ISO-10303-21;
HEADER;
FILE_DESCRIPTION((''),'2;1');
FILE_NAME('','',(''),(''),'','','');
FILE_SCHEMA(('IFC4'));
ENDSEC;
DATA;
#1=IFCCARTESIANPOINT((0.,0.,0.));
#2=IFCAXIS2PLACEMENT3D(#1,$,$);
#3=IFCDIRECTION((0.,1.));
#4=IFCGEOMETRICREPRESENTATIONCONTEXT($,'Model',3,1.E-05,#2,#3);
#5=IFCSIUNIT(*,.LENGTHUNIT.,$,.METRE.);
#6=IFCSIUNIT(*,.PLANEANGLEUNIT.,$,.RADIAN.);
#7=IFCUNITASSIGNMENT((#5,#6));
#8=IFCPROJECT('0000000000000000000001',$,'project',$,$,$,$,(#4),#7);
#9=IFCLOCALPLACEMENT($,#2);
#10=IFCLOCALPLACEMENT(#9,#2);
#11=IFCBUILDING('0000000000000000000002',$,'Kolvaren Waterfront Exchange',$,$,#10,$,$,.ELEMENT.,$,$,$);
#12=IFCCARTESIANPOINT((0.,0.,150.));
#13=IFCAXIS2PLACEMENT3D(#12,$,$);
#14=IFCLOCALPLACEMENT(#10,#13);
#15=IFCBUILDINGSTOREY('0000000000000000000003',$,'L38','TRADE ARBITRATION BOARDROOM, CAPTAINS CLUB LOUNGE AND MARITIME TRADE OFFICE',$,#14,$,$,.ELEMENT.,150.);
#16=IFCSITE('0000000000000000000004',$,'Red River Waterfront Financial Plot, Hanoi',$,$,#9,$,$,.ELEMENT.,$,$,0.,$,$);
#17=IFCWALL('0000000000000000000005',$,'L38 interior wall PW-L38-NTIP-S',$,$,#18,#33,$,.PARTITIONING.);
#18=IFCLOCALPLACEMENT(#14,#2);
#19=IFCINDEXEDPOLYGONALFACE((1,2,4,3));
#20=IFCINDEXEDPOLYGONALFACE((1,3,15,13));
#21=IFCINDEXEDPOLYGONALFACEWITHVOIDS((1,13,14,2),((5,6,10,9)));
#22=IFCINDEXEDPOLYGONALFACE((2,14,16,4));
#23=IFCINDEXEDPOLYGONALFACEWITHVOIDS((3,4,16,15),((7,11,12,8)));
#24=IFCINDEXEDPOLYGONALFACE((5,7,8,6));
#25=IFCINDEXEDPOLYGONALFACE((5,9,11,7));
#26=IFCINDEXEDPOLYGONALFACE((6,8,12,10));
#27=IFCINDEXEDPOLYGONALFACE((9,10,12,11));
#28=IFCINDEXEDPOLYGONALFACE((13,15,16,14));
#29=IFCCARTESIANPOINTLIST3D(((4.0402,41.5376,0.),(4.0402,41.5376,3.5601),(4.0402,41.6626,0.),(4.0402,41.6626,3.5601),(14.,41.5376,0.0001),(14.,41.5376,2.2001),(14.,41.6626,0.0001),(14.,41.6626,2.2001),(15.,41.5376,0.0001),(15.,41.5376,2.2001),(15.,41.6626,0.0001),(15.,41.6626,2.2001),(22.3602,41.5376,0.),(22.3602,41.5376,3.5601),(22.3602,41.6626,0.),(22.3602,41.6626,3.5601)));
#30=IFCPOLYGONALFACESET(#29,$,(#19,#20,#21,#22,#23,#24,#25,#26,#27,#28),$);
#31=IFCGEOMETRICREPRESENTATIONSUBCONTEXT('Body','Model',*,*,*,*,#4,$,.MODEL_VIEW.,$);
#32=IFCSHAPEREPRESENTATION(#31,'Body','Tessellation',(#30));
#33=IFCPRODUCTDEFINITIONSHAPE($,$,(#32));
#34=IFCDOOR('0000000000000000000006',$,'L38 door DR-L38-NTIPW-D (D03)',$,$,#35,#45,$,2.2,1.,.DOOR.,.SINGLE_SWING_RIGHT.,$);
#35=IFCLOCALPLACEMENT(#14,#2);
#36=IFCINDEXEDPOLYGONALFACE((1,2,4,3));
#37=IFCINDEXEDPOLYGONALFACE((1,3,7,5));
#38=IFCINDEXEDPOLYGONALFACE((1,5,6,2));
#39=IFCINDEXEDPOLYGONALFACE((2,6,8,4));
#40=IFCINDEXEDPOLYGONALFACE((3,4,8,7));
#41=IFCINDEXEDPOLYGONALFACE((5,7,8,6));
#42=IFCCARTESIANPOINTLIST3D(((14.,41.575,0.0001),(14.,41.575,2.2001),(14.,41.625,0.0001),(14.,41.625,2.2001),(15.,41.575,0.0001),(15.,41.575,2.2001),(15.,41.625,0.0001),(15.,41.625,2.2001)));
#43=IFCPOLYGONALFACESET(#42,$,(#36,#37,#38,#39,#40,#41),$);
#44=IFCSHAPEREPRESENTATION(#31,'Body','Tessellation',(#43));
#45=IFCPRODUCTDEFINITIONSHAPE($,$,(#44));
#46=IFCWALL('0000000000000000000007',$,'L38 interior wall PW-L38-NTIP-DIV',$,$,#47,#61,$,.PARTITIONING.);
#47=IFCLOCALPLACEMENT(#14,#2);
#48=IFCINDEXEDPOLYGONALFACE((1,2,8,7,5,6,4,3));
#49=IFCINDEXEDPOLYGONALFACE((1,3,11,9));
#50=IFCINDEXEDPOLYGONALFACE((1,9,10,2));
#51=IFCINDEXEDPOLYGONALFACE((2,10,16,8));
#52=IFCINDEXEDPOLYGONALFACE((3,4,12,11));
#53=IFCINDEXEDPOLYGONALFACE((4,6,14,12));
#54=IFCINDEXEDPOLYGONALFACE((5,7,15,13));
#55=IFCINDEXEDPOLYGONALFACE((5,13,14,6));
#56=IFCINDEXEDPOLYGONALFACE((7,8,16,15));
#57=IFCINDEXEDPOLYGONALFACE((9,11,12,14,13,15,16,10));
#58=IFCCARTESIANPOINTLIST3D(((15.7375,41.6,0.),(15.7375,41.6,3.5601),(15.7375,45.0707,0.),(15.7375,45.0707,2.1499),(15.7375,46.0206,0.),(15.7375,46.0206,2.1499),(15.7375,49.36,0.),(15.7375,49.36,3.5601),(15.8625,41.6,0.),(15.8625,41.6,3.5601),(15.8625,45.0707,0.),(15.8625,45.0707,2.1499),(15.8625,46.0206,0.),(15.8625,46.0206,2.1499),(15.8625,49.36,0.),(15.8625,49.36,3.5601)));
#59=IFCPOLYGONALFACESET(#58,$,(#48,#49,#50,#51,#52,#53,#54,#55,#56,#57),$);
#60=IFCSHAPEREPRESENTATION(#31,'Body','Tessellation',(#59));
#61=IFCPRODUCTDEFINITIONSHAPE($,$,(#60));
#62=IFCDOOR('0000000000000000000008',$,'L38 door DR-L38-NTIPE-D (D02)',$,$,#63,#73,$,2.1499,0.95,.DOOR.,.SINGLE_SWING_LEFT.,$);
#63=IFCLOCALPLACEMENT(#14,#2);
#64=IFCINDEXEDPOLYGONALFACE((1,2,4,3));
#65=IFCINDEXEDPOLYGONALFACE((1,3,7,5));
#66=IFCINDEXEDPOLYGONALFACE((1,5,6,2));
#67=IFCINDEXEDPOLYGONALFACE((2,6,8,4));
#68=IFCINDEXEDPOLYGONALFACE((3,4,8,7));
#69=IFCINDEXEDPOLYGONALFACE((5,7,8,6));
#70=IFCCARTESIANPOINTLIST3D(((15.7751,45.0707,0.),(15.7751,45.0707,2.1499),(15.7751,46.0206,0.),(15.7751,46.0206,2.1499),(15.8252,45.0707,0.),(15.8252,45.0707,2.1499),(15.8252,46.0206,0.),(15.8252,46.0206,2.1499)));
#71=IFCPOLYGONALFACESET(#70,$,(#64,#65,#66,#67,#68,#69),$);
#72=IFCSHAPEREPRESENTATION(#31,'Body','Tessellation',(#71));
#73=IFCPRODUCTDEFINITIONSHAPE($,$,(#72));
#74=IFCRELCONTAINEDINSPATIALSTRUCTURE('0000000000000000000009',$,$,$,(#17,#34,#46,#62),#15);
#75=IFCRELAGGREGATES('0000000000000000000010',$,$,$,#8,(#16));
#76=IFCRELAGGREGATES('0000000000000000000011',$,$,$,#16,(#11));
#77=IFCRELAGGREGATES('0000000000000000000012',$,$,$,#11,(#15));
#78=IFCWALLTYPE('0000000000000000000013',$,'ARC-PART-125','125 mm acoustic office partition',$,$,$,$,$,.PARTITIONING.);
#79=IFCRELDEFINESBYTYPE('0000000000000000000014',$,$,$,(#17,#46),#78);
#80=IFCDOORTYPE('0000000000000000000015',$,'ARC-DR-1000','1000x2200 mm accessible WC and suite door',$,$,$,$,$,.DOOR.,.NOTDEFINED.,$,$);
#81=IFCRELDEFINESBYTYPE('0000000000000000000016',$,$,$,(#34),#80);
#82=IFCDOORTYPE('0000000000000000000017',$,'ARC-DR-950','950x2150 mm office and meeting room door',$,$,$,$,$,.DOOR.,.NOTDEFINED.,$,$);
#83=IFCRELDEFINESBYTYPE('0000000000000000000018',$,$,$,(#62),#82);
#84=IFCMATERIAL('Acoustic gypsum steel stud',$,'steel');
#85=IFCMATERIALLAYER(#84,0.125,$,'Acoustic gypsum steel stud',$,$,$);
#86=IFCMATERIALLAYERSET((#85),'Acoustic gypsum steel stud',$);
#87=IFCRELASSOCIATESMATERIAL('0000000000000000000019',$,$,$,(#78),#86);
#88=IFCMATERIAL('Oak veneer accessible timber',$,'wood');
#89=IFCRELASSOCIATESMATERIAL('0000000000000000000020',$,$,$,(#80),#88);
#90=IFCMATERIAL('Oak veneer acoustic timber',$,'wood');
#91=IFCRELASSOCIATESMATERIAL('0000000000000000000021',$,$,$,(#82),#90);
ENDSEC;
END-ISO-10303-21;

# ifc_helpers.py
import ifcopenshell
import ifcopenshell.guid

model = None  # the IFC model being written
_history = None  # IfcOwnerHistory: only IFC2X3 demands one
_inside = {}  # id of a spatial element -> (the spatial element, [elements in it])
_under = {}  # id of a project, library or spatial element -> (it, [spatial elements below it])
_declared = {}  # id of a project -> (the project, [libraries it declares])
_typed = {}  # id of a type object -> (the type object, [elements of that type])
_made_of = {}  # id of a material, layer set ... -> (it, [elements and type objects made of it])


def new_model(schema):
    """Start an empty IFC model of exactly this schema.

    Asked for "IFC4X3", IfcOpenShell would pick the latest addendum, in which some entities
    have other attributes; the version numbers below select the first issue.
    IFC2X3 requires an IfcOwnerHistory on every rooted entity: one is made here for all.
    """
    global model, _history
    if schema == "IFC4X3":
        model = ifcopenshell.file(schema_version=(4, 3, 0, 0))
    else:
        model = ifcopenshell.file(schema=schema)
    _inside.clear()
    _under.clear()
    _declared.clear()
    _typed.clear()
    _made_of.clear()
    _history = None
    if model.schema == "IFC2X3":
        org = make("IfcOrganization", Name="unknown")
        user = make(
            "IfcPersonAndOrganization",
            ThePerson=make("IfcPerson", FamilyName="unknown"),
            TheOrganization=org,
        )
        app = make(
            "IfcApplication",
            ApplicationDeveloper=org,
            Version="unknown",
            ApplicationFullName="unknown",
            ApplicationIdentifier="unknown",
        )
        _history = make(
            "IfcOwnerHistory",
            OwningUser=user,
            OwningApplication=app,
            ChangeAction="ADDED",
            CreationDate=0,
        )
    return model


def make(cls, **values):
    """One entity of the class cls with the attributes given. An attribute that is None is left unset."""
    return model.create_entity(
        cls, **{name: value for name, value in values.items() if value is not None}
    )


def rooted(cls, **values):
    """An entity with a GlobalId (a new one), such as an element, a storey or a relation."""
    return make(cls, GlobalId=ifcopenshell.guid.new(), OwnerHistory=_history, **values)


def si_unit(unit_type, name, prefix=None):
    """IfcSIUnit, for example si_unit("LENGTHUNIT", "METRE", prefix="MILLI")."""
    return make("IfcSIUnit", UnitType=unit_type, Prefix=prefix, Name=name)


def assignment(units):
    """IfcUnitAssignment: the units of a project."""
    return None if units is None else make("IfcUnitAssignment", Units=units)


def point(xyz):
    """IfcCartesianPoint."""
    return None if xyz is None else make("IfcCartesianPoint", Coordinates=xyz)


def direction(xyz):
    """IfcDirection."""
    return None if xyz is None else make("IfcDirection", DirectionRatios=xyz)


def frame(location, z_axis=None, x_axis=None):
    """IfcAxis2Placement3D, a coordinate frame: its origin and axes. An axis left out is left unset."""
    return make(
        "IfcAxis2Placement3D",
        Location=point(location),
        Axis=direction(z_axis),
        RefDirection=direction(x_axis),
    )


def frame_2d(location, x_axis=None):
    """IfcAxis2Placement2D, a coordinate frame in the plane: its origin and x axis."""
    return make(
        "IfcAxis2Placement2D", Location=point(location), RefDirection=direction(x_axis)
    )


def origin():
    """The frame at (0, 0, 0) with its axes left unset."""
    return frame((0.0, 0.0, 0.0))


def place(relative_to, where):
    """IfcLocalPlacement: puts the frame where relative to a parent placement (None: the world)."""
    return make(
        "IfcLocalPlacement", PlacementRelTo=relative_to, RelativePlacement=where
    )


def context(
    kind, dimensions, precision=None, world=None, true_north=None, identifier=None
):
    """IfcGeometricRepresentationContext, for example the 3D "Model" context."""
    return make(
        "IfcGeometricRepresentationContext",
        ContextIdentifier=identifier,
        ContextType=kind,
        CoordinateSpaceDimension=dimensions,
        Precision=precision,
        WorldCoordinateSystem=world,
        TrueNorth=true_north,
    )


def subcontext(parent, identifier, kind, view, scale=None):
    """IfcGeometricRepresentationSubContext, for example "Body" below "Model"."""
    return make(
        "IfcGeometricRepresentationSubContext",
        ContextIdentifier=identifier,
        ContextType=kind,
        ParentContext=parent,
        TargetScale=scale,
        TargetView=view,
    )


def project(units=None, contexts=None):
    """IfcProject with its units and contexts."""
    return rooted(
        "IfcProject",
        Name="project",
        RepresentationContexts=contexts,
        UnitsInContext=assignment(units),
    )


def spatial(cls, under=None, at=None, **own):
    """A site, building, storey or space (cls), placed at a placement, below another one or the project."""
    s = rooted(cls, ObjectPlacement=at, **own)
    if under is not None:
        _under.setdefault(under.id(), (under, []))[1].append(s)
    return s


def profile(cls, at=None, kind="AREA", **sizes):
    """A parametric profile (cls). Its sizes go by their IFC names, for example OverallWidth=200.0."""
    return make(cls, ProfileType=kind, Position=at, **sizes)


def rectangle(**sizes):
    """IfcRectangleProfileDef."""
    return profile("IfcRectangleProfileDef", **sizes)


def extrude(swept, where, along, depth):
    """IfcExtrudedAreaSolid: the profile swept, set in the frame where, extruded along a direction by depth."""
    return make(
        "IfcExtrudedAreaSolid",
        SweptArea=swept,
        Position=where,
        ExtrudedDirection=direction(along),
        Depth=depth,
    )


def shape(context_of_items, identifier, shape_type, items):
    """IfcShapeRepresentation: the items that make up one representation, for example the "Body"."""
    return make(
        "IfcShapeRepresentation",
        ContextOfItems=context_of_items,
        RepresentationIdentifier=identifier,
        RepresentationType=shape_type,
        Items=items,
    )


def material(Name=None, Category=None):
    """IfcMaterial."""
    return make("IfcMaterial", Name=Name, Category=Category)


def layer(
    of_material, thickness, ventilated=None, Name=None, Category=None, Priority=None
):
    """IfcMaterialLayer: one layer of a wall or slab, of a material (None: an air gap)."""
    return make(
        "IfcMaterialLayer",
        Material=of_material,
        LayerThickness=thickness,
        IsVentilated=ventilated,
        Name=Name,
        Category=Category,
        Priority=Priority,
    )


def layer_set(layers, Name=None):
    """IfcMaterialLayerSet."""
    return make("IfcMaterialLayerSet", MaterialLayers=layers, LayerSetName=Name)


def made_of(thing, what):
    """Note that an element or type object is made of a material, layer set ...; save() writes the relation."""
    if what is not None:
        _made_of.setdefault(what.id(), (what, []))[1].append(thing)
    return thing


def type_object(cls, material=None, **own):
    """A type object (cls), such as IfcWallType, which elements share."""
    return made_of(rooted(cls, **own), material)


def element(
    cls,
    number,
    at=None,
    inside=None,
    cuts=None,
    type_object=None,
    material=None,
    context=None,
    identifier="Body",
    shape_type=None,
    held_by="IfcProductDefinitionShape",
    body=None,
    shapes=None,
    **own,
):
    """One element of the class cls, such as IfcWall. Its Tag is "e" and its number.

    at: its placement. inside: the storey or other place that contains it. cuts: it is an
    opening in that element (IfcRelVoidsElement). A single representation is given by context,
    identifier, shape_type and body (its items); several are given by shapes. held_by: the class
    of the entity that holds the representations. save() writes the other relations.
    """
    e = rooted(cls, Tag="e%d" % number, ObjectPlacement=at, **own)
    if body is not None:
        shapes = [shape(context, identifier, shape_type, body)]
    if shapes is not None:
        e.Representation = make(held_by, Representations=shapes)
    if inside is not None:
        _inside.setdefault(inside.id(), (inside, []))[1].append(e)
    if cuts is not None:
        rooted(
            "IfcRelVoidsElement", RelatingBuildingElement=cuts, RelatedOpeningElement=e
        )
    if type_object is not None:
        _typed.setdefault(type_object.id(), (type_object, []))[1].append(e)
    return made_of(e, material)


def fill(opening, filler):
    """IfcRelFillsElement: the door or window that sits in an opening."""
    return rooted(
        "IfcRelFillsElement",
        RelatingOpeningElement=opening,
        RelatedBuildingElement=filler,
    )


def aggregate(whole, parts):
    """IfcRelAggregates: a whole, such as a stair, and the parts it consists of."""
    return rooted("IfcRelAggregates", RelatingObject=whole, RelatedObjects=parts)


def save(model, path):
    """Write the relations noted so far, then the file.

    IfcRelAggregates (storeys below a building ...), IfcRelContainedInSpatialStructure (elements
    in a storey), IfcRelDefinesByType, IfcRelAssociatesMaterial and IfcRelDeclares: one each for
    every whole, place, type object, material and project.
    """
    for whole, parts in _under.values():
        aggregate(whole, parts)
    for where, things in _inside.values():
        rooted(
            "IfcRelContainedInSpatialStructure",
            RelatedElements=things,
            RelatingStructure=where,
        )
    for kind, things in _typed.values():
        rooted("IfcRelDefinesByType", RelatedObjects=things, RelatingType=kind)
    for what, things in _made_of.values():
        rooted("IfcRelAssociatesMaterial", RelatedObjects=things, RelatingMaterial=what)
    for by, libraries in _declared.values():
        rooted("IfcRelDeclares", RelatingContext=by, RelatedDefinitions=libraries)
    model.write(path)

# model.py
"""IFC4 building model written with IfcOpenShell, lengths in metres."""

from ifc_helpers import new_model, si_unit, direction, frame, frame_2d, origin, place, context, subcontext, project, spatial, rectangle, extrude, material, layer, layer_set, type_object, element, fill, save


model = new_model("IFC4")

# Units and contexts
model_context = context("Model", 3, precision=1e-05, world=origin(), true_north=direction((0.0, 1.0)))
body_context = subcontext(model_context, "Body", "Model", "MODEL_VIEW")
ifc_project = project(units=[si_unit("LENGTHUNIT", "METRE"), si_unit("PLANEANGLEUNIT", "RADIAN")], contexts=[model_context])

# Site, building, storey
site_placement = place(None, origin())
site = spatial("IfcSite", under=ifc_project, at=site_placement, Name="Red River Waterfront Financial Plot, Hanoi", CompositionType="ELEMENT", RefElevation=0.0)
building_placement = place(site_placement, origin())
building = spatial("IfcBuilding", under=site, at=building_placement, Name="Kolvaren Waterfront Exchange", CompositionType="ELEMENT")
storey_placement = place(building_placement, frame((0.0, 0.0, 150.0)))
storey = spatial("IfcBuildingStorey", under=building, at=storey_placement, Name="L38", Description="TRADE ARBITRATION BOARDROOM, CAPTAINS CLUB LOUNGE AND MARITIME TRADE OFFICE", CompositionType="ELEMENT", Elevation=150.0)

# Walls, openings, doors
ifc_material_1 = material(Name="Acoustic gypsum steel stud", Category="steel")
ifc_layer_1 = layer(ifc_material_1, 0.125, Name="Acoustic gypsum steel stud")
ifc_layer_set_1 = layer_set([ifc_layer_1], Name="Acoustic gypsum steel stud")
wall_type_1 = type_object("IfcWallType", Name="ARC-PART-125", Description="125 mm acoustic office partition", PredefinedType="PARTITIONING", material=ifc_layer_set_1)
wall_1_placement = place(storey_placement, frame((4.04, 41.6001, 0.0), z_axis=(0.0, 0.0, 1.0), x_axis=(1.0, 0.0, 0.0)))
wall_1 = element("IfcWall", 1, at=wall_1_placement, inside=storey, type_object=wall_type_1, Name="L38 interior wall PW-L38-NTIP-S", PredefinedType="PARTITIONING", context=body_context, shape_type="SweptSolid", body=[
    extrude(rectangle(XDim=18.3201, YDim=0.125, at=frame_2d((9.1602, 0.0))), origin(), (0.0, 0.0, 1.0), 3.5601),
])
opening_1_placement = place(wall_1_placement, frame((9.96, 0.0, 0.0)))
opening_1 = element("IfcOpeningElement", 2, at=opening_1_placement, cuts=wall_1, PredefinedType="OPENING", context=body_context, shape_type="SweptSolid", body=[
    extrude(rectangle(XDim=1.0, YDim=2.2, at=frame_2d((0.5, 1.1001))), frame((0.0, 0.0725, 0.0), z_axis=(0.0, -1.0, 0.0), x_axis=(1.0, 0.0, 0.0)), (0.0, 0.0, 1.0), 0.145),
])
ifc_material_2 = material(Name="Oak veneer accessible timber", Category="wood")
door_type_1 = type_object("IfcDoorType", Name="ARC-DR-1000", Description="1000x2200 mm accessible WC and suite door", OperationType="NOTDEFINED", PredefinedType="DOOR", material=ifc_material_2)
door_1_placement = place(opening_1_placement, origin())
door_1 = element("IfcDoor", 3, at=door_1_placement, inside=storey, type_object=door_type_1, Name="L38 door DR-L38-NTIPW-D (D03)", OperationType="SINGLE_SWING_RIGHT", OverallHeight=2.2, OverallWidth=1.0, PredefinedType="DOOR", context=body_context, shape_type="SweptSolid", body=[
    extrude(rectangle(XDim=1.0, YDim=2.2, at=frame_2d((0.5, 1.1001))), frame((0.0, 0.0249, 0.0), z_axis=(0.0, -1.0, 0.0), x_axis=(1.0, 0.0, 0.0)), (0.0, 0.0, 1.0), 0.05),
])
fill(opening_1, door_1)
wall_2_placement = place(storey_placement, frame((15.8, 41.6001, 0.0), z_axis=(0.0, 0.0, 1.0), x_axis=(0.0, 1.0, 0.0)))
wall_2 = element("IfcWall", 4, at=wall_2_placement, inside=storey, type_object=wall_type_1, Name="L38 interior wall PW-L38-NTIP-DIV", PredefinedType="PARTITIONING", context=body_context, shape_type="SweptSolid", body=[
    extrude(rectangle(XDim=7.76, YDim=0.125, at=frame_2d((3.8799, 0.0))), origin(), (0.0, 0.0, 1.0), 3.5601),
])
opening_2_placement = place(wall_2_placement, frame((3.4705, 0.0, 0.0)))
opening_2 = element("IfcOpeningElement", 5, at=opening_2_placement, cuts=wall_2, PredefinedType="OPENING", context=body_context, shape_type="SweptSolid", body=[
    extrude(rectangle(XDim=0.95, YDim=2.1499, at=frame_2d((0.4751, 1.075))), frame((0.0, 0.0725, 0.0), z_axis=(0.0, -1.0, 0.0), x_axis=(1.0, 0.0, 0.0)), (0.0, 0.0, 1.0), 0.145),
])
ifc_material_3 = material(Name="Oak veneer acoustic timber", Category="wood")
door_type_2 = type_object("IfcDoorType", Name="ARC-DR-950", Description="950x2150 mm office and meeting room door", OperationType="NOTDEFINED", PredefinedType="DOOR", material=ifc_material_3)
door_2_placement = place(opening_2_placement, origin())
door_2 = element("IfcDoor", 6, at=door_2_placement, inside=storey, type_object=door_type_2, Name="L38 door DR-L38-NTIPE-D (D02)", OperationType="SINGLE_SWING_LEFT", OverallHeight=2.1499, OverallWidth=0.95, PredefinedType="DOOR", context=body_context, shape_type="SweptSolid", body=[
    extrude(rectangle(XDim=0.95, YDim=2.1499, at=frame_2d((0.4751, 1.075))), frame((0.0, 0.0249, 0.0), z_axis=(0.0, -1.0, 0.0), x_axis=(1.0, 0.0, 0.0)), (0.0, 0.0, 1.0), 0.05),
])
fill(opening_2, door_2)

save(model, "model.ifc")
